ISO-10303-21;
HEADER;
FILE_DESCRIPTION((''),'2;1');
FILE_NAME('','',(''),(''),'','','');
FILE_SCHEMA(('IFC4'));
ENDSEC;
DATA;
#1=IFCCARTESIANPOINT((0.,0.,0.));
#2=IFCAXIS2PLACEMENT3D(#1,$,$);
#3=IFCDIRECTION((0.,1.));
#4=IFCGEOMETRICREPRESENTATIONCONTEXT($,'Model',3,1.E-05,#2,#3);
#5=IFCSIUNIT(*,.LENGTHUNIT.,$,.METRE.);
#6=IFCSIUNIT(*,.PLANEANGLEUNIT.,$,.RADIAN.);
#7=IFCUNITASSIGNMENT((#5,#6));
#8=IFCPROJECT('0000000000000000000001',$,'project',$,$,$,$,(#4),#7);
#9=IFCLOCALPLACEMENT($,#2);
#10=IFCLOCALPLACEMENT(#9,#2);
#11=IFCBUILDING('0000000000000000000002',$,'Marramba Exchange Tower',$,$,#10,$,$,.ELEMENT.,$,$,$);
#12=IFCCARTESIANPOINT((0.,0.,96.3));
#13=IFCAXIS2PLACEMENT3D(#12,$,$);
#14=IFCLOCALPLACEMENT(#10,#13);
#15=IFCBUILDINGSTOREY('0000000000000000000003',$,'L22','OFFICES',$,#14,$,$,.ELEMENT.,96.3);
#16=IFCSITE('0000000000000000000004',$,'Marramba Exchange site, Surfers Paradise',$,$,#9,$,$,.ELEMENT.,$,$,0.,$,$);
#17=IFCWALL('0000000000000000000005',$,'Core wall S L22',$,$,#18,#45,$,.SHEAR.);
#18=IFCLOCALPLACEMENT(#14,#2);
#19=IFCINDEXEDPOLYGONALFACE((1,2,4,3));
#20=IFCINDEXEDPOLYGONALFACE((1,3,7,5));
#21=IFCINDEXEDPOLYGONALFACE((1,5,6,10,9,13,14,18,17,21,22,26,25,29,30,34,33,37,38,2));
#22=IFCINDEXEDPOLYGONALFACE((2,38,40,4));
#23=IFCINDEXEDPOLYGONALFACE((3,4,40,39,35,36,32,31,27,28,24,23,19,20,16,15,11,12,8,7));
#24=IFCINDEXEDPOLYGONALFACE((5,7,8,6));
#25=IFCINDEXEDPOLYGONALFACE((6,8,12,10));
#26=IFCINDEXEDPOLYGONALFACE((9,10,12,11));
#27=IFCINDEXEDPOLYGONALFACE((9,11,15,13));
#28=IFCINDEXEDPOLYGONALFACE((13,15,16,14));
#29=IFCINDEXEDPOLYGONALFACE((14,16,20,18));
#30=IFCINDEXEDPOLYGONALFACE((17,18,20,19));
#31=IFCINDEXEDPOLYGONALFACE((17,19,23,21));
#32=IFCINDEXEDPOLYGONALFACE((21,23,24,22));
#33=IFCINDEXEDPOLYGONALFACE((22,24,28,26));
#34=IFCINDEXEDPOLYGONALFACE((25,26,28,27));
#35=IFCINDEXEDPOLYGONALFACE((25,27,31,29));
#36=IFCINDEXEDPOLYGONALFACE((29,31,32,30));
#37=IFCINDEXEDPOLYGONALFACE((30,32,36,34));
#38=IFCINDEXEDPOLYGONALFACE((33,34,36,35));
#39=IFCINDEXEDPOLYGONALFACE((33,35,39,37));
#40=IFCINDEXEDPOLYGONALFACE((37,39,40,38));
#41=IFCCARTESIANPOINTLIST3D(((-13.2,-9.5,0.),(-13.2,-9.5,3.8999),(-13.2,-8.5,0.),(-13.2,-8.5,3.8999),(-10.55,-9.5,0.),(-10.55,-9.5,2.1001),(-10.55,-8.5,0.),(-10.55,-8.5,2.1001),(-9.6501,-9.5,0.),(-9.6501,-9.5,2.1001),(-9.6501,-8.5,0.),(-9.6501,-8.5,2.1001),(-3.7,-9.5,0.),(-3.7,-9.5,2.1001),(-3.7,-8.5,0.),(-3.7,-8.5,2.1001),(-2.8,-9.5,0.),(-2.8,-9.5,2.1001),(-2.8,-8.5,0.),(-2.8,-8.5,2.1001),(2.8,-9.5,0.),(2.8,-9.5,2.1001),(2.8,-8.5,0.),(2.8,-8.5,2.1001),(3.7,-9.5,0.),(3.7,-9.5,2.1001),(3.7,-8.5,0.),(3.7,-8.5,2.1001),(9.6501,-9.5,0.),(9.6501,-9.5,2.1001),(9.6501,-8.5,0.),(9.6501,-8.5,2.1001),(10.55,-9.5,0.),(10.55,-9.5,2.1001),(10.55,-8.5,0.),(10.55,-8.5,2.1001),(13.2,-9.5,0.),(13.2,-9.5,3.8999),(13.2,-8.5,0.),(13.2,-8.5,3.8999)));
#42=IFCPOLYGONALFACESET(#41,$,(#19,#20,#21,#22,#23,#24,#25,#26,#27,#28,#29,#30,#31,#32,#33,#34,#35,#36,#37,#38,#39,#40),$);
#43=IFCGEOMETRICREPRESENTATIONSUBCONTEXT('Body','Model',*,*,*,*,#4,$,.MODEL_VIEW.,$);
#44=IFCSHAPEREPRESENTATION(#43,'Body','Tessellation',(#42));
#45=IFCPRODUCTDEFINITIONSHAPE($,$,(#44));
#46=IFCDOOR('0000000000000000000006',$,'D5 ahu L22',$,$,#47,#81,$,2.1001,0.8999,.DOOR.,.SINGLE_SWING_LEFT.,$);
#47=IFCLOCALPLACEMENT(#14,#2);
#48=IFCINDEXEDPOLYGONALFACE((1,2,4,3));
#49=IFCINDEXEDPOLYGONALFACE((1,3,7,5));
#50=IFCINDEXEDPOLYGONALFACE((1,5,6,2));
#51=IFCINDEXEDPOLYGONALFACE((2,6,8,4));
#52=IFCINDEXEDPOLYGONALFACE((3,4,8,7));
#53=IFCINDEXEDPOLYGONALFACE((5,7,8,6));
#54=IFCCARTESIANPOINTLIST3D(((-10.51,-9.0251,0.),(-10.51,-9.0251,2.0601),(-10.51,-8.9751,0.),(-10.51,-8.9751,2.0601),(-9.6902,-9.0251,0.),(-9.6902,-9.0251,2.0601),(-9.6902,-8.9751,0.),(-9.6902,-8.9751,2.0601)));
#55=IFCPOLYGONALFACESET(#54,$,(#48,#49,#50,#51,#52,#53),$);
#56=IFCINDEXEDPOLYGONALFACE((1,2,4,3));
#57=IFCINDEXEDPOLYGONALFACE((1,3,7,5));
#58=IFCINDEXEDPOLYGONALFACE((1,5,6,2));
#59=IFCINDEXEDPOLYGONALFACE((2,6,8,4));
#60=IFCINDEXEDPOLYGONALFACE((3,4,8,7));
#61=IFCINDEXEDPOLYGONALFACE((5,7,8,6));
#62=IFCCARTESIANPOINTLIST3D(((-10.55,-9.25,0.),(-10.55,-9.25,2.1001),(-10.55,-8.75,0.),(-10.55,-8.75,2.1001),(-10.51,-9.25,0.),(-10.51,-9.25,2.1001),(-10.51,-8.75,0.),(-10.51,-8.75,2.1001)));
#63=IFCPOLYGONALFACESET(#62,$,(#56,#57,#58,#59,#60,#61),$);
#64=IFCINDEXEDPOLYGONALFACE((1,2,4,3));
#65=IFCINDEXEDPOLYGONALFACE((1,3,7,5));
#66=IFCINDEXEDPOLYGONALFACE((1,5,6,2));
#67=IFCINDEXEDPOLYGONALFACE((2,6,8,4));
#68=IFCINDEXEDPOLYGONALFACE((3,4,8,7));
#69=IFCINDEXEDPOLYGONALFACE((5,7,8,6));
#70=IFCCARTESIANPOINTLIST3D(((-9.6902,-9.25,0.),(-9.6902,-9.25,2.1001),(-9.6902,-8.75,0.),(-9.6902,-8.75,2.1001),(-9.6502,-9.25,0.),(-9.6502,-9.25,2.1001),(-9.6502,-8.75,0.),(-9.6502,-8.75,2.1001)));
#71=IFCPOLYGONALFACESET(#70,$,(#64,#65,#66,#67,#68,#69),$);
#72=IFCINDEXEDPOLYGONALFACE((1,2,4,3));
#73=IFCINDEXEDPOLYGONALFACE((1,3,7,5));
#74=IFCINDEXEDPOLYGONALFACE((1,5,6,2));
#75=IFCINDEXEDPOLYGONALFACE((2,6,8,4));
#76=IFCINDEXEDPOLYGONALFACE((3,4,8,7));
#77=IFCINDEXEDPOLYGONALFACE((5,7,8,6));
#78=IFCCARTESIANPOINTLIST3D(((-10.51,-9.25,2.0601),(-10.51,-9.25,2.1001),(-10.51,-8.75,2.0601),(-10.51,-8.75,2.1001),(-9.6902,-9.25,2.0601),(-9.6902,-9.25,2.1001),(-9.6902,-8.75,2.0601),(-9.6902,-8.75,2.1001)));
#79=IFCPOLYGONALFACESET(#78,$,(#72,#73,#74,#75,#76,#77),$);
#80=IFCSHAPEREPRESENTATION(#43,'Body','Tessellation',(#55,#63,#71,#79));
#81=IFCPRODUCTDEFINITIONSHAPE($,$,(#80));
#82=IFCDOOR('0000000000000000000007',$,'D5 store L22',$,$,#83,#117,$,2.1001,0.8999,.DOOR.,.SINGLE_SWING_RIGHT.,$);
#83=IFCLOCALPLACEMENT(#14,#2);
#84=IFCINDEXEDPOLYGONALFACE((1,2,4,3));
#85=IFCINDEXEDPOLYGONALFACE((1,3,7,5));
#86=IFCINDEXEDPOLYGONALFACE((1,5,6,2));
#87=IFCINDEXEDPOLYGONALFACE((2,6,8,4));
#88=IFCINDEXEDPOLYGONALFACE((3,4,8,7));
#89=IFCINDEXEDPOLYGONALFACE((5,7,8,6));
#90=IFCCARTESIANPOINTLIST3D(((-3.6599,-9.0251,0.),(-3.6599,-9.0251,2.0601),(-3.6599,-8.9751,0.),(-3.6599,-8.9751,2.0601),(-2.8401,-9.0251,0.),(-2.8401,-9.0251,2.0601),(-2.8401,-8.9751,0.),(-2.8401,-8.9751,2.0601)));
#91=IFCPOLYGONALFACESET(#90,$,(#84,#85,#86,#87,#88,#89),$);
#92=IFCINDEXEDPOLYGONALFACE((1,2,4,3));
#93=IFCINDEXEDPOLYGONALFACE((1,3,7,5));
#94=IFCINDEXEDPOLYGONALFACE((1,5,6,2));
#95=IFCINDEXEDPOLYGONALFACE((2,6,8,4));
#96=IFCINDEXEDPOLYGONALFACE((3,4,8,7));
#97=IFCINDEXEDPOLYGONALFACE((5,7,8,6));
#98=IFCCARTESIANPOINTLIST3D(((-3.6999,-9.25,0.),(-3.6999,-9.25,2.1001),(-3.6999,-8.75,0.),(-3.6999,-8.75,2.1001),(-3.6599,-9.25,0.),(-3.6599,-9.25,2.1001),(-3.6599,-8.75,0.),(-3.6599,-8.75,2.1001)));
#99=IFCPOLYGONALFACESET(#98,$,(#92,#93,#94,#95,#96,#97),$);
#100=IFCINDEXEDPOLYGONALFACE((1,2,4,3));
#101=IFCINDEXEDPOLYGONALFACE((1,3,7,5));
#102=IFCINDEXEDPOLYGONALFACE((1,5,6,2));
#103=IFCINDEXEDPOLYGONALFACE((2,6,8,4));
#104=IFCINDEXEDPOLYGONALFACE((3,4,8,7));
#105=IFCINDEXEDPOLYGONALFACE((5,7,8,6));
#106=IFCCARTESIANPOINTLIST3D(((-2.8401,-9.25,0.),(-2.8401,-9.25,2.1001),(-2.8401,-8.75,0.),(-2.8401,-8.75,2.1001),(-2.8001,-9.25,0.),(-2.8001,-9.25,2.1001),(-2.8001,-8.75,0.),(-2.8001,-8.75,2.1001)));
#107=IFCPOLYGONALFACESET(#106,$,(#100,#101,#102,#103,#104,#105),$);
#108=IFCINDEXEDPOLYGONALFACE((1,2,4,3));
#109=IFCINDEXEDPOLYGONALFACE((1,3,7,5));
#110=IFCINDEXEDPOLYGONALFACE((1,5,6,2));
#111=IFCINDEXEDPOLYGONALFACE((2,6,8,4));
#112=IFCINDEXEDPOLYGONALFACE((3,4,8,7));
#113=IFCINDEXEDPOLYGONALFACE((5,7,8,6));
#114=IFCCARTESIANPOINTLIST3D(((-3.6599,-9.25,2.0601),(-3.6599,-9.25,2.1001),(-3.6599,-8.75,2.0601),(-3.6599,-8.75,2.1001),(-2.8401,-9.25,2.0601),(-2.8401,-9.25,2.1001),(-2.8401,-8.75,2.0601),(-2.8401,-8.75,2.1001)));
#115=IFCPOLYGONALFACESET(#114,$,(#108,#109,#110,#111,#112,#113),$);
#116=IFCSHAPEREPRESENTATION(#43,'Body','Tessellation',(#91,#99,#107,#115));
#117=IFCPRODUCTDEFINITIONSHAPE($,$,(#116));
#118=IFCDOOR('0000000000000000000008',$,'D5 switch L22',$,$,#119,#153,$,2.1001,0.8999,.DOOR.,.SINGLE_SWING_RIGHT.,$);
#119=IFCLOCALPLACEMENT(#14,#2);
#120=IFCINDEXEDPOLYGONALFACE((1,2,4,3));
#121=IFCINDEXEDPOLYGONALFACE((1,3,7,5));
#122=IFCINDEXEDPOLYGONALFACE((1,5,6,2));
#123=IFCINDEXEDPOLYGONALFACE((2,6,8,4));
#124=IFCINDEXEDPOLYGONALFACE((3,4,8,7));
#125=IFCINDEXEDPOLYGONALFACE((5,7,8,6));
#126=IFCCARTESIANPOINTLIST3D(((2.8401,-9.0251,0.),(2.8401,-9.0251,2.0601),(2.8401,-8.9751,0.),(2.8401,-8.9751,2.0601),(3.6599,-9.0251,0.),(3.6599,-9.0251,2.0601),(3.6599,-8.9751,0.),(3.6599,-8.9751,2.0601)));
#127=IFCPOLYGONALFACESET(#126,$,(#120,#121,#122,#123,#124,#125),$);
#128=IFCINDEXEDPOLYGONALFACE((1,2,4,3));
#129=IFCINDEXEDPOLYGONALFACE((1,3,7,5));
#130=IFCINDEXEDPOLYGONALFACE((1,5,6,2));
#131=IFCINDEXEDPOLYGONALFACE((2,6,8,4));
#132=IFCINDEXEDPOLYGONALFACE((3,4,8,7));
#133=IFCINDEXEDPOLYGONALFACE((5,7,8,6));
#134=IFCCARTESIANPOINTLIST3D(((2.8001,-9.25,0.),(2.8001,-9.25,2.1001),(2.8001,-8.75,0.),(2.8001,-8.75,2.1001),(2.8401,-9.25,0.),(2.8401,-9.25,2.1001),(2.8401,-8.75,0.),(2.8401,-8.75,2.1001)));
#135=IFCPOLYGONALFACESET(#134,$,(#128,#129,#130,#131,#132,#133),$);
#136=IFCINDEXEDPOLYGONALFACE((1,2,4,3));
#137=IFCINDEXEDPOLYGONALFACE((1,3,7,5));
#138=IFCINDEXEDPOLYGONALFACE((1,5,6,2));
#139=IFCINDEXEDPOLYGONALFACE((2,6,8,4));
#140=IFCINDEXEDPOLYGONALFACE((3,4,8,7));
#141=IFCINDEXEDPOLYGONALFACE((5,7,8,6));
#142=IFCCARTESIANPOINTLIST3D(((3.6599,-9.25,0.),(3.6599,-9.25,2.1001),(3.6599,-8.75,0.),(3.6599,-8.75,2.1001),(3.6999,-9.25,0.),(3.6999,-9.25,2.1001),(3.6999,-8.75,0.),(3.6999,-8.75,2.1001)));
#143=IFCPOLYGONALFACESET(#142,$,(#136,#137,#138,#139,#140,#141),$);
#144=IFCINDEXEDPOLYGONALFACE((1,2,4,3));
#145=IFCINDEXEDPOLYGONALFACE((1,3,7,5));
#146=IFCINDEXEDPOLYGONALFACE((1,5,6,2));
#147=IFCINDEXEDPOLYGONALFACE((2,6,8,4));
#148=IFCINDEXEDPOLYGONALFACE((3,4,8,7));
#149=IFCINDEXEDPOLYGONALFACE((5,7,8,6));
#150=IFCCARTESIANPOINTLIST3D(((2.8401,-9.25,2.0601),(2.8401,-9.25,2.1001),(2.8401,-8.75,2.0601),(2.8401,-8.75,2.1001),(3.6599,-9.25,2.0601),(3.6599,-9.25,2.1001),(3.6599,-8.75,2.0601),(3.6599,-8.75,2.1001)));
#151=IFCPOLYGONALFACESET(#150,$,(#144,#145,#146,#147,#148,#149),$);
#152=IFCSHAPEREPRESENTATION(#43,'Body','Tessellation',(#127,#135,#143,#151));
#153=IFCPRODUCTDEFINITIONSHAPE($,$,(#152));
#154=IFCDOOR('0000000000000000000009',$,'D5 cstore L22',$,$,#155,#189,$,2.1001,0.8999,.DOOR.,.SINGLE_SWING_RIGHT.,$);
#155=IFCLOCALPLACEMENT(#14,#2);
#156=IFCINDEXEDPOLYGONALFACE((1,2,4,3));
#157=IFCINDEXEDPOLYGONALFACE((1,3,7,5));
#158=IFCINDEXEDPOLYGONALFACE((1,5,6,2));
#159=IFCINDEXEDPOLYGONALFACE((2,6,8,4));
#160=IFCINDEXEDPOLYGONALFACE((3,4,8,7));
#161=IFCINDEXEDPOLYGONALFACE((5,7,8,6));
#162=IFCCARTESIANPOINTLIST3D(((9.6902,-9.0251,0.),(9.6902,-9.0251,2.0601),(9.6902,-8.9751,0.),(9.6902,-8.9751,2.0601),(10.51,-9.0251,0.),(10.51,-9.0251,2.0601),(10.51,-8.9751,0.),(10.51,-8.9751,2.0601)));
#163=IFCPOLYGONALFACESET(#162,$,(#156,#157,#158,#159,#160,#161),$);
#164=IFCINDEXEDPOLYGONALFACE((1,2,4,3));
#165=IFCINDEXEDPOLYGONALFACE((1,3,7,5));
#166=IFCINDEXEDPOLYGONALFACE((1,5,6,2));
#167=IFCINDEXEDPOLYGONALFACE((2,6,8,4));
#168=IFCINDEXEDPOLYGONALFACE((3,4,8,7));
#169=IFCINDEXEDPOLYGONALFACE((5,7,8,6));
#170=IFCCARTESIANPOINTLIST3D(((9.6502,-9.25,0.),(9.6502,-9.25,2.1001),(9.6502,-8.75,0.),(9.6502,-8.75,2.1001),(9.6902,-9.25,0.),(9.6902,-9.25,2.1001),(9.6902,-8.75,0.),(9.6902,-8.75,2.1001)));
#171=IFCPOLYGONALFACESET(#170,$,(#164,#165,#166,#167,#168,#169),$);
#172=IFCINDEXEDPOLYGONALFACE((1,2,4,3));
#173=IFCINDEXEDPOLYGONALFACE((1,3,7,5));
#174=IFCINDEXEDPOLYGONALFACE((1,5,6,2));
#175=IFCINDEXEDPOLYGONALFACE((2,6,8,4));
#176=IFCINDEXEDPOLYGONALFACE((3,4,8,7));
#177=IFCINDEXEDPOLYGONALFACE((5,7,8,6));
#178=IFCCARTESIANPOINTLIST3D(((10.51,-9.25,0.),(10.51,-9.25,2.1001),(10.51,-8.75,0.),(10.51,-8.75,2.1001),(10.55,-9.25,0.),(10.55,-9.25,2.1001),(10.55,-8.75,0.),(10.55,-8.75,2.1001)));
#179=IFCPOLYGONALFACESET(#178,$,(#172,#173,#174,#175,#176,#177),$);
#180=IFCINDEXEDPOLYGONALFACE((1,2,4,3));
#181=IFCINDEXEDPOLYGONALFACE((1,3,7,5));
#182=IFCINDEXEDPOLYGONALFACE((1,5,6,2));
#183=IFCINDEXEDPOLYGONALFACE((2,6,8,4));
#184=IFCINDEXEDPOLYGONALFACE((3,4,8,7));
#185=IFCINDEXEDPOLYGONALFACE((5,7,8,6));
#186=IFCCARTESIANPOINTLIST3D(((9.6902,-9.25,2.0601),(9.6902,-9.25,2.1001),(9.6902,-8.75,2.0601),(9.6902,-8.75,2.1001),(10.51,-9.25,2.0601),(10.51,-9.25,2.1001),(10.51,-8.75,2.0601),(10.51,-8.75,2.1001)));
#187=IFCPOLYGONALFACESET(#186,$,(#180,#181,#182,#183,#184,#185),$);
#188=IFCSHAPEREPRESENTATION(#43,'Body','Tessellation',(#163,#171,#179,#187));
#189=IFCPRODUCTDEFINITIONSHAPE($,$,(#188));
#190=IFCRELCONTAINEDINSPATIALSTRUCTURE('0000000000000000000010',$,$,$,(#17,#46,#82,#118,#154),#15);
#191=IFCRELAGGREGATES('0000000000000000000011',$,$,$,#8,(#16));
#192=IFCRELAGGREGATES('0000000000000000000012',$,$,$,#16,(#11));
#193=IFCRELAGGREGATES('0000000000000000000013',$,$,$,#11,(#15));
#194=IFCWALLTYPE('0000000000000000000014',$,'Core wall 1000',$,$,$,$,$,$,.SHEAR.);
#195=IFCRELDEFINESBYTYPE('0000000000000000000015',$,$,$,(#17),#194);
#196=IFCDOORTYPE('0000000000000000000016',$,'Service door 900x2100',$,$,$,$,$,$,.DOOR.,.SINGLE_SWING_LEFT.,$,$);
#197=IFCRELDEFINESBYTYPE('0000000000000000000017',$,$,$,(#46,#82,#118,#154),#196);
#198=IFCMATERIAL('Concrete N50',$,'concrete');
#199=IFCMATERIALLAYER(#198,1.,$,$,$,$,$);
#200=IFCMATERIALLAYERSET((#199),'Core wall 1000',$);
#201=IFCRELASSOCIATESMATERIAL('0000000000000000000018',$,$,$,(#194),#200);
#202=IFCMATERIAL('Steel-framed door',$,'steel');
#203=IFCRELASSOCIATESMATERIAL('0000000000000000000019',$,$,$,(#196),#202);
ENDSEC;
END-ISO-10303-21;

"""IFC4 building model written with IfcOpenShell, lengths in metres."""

from ifc_helpers import new_model, si_unit, direction, frame, frame_2d, origin, place, context, subcontext, project, spatial, rectangle, extrude, material, layer, layer_set, type_object, element, fill, save


model = new_model("IFC4")

# Units and contexts
model_context = context("Model", 3, precision=1e-05, world=origin(), true_north=direction((0.0, 1.0)))
body_context = subcontext(model_context, "Body", "Model", "MODEL_VIEW")
ifc_project = project(units=[si_unit("LENGTHUNIT", "METRE"), si_unit("PLANEANGLEUNIT", "RADIAN")], contexts=[model_context])

# Site, building, storey
site_placement = place(None, origin())
site = spatial("IfcSite", under=ifc_project, at=site_placement, Name="Marramba Exchange site, Surfers Paradise", CompositionType="ELEMENT", RefElevation=0.0)
building_placement = place(site_placement, origin())
building = spatial("IfcBuilding", under=site, at=building_placement, Name="Marramba Exchange Tower", CompositionType="ELEMENT")
storey_placement = place(building_placement, frame((0.0, 0.0, 96.3)))
storey = spatial("IfcBuildingStorey", under=building, at=storey_placement, Name="L22", Description="OFFICES", CompositionType="ELEMENT", Elevation=96.3)

# Shared definitions
ifc_material_1 = material(Name="Concrete N50", Category="concrete")

# Wall, openings, doors
ifc_layer_1 = layer(ifc_material_1, 1.0)
ifc_layer_set_1 = layer_set([ifc_layer_1], Name="Core wall 1000")
wall_type_1 = type_object("IfcWallType", Name="Core wall 1000", PredefinedType="SHEAR", material=ifc_layer_set_1)
wall_1_placement = place(storey_placement, frame((-13.2, -9.0, 0.0), z_axis=(0.0, 0.0, 1.0), x_axis=(1.0, 0.0, 0.0)))
wall_1 = element("IfcWall", 1, at=wall_1_placement, inside=storey, type_object=wall_type_1, Name="Core wall S L22", PredefinedType="SHEAR", context=body_context, shape_type="SweptSolid", body=[
    extrude(rectangle(XDim=26.3999, YDim=1.0, at=frame_2d((13.2, 0.0))), origin(), (0.0, 0.0, 1.0), 3.8999),
])
opening_1_placement = place(wall_1_placement, frame((2.6499, 0.0, 0.0)))
opening_1 = element("IfcOpeningElement", 2, at=opening_1_placement, cuts=wall_1, PredefinedType="OPENING", context=body_context, shape_type="SweptSolid", body=[
    extrude(rectangle(XDim=0.8999, YDim=2.1001, at=frame_2d((0.45, 1.05))), frame((0.0, 0.51, 0.0), z_axis=(0.0, -1.0, 0.0), x_axis=(1.0, 0.0, 0.0)), (0.0, 0.0, 1.0), 1.02),
])
opening_2_placement = place(wall_1_placement, frame((9.5, 0.0, 0.0)))
opening_2 = element("IfcOpeningElement", 3, at=opening_2_placement, cuts=wall_1, PredefinedType="OPENING", context=body_context, shape_type="SweptSolid", body=[
    extrude(rectangle(XDim=0.8999, YDim=2.1001, at=frame_2d((0.45, 1.05))), frame((0.0, 0.51, 0.0), z_axis=(0.0, -1.0, 0.0), x_axis=(1.0, 0.0, 0.0)), (0.0, 0.0, 1.0), 1.02),
])
opening_3_placement = place(wall_1_placement, frame((16.0, 0.0, 0.0)))
opening_3 = element("IfcOpeningElement", 4, at=opening_3_placement, cuts=wall_1, PredefinedType="OPENING", context=body_context, shape_type="SweptSolid", body=[
    extrude(rectangle(XDim=0.8999, YDim=2.1001, at=frame_2d((0.45, 1.05))), frame((0.0, 0.51, 0.0), z_axis=(0.0, -1.0, 0.0), x_axis=(1.0, 0.0, 0.0)), (0.0, 0.0, 1.0), 1.02),
])
opening_4_placement = place(wall_1_placement, frame((22.8501, 0.0, 0.0)))
opening_4 = element("IfcOpeningElement", 5, at=opening_4_placement, cuts=wall_1, PredefinedType="OPENING", context=body_context, shape_type="SweptSolid", body=[
    extrude(rectangle(XDim=0.8999, YDim=2.1001, at=frame_2d((0.45, 1.05))), frame((0.0, 0.51, 0.0), z_axis=(0.0, -1.0, 0.0), x_axis=(1.0, 0.0, 0.0)), (0.0, 0.0, 1.0), 1.02),
])
ifc_material_2 = material(Name="Steel-framed door", Category="steel")
door_type = type_object("IfcDoorType", Name="Service door 900x2100", OperationType="SINGLE_SWING_LEFT", PredefinedType="DOOR", material=ifc_material_2)
door_1_placement = place(opening_1_placement, origin())
door_1 = element("IfcDoor", 6, at=door_1_placement, inside=storey, type_object=door_type, Name="D5 ahu L22", OperationType="SINGLE_SWING_LEFT", OverallHeight=2.1001, OverallWidth=0.8999, PredefinedType="DOOR", context=body_context, shape_type="SweptSolid", body=[
    extrude(rectangle(XDim=0.8198, YDim=2.0601, at=frame_2d((0.45, 1.03))), frame((0.0, 0.0249, 0.0), z_axis=(0.0, -1.0, 0.0), x_axis=(1.0, 0.0, 0.0)), (0.0, 0.0, 1.0), 0.05),
    extrude(rectangle(XDim=0.04, YDim=2.1001, at=frame_2d((0.02, 1.05))), frame((0.0, 0.25, 0.0), z_axis=(0.0, -1.0, 0.0), x_axis=(1.0, 0.0, 0.0)), (0.0, 0.0, 1.0), 0.5),
    extrude(rectangle(XDim=0.04, YDim=2.1001, at=frame_2d((0.8799, 1.05))), frame((0.0, 0.25, 0.0), z_axis=(0.0, -1.0, 0.0), x_axis=(1.0, 0.0, 0.0)), (0.0, 0.0, 1.0), 0.5),
    extrude(rectangle(XDim=0.8198, YDim=0.04, at=frame_2d((0.45, 2.0801))), frame((0.0, 0.25, 0.0), z_axis=(0.0, -1.0, 0.0), x_axis=(1.0, 0.0, 0.0)), (0.0, 0.0, 1.0), 0.5),
])
fill(opening_1, door_1)
door_2_placement = place(opening_2_placement, origin())
door_2 = element("IfcDoor", 7, at=door_2_placement, inside=storey, type_object=door_type, Name="D5 store L22", OperationType="SINGLE_SWING_RIGHT", OverallHeight=2.1001, OverallWidth=0.8999, PredefinedType="DOOR", context=body_context, shape_type="SweptSolid", body=[
    extrude(rectangle(XDim=0.8198, YDim=2.0601, at=frame_2d((0.45, 1.03))), frame((0.0, 0.0249, 0.0), z_axis=(0.0, -1.0, 0.0), x_axis=(1.0, 0.0, 0.0)), (0.0, 0.0, 1.0), 0.05),
    extrude(rectangle(XDim=0.04, YDim=2.1001, at=frame_2d((0.02, 1.05))), frame((0.0, 0.25, 0.0), z_axis=(0.0, -1.0, 0.0), x_axis=(1.0, 0.0, 0.0)), (0.0, 0.0, 1.0), 0.5),
    extrude(rectangle(XDim=0.04, YDim=2.1001, at=frame_2d((0.8799, 1.05))), frame((0.0, 0.25, 0.0), z_axis=(0.0, -1.0, 0.0), x_axis=(1.0, 0.0, 0.0)), (0.0, 0.0, 1.0), 0.5),
    extrude(rectangle(XDim=0.8198, YDim=0.04, at=frame_2d((0.45, 2.0801))), frame((0.0, 0.25, 0.0), z_axis=(0.0, -1.0, 0.0), x_axis=(1.0, 0.0, 0.0)), (0.0, 0.0, 1.0), 0.5),
])
fill(opening_2, door_2)
door_3_placement = place(opening_3_placement, origin())
door_3 = element("IfcDoor", 8, at=door_3_placement, inside=storey, type_object=door_type, Name="D5 switch L22", OperationType="SINGLE_SWING_RIGHT", OverallHeight=2.1001, OverallWidth=0.8999, PredefinedType="DOOR", context=body_context, shape_type="SweptSolid", body=[
    extrude(rectangle(XDim=0.8198, YDim=2.0601, at=frame_2d((0.45, 1.03))), frame((0.0, 0.0249, 0.0), z_axis=(0.0, -1.0, 0.0), x_axis=(1.0, 0.0, 0.0)), (0.0, 0.0, 1.0), 0.05),
    extrude(rectangle(XDim=0.04, YDim=2.1001, at=frame_2d((0.02, 1.05))), frame((0.0, 0.25, 0.0), z_axis=(0.0, -1.0, 0.0), x_axis=(1.0, 0.0, 0.0)), (0.0, 0.0, 1.0), 0.5),
    extrude(rectangle(XDim=0.04, YDim=2.1001, at=frame_2d((0.8799, 1.05))), frame((0.0, 0.25, 0.0), z_axis=(0.0, -1.0, 0.0), x_axis=(1.0, 0.0, 0.0)), (0.0, 0.0, 1.0), 0.5),
    extrude(rectangle(XDim=0.8198, YDim=0.04, at=frame_2d((0.45, 2.0801))), frame((0.0, 0.25, 0.0), z_axis=(0.0, -1.0, 0.0), x_axis=(1.0, 0.0, 0.0)), (0.0, 0.0, 1.0), 0.5),
])
fill(opening_3, door_3)
door_4_placement = place(opening_4_placement, origin())
door_4 = element("IfcDoor", 9, at=door_4_placement, inside=storey, type_object=door_type, Name="D5 cstore L22", OperationType="SINGLE_SWING_RIGHT", OverallHeight=2.1001, OverallWidth=0.8999, PredefinedType="DOOR", context=body_context, shape_type="SweptSolid", body=[
    extrude(rectangle(XDim=0.8198, YDim=2.0601, at=frame_2d((0.45, 1.03))), frame((0.0, 0.0249, 0.0), z_axis=(0.0, -1.0, 0.0), x_axis=(1.0, 0.0, 0.0)), (0.0, 0.0, 1.0), 0.05),
    extrude(rectangle(XDim=0.04, YDim=2.1001, at=frame_2d((0.02, 1.05))), frame((0.0, 0.25, 0.0), z_axis=(0.0, -1.0, 0.0), x_axis=(1.0, 0.0, 0.0)), (0.0, 0.0, 1.0), 0.5),
    extrude(rectangle(XDim=0.04, YDim=2.1001, at=frame_2d((0.8799, 1.05))), frame((0.0, 0.25, 0.0), z_axis=(0.0, -1.0, 0.0), x_axis=(1.0, 0.0, 0.0)), (0.0, 0.0, 1.0), 0.5),
    extrude(rectangle(XDim=0.8198, YDim=0.04, at=frame_2d((0.45, 2.0801))), frame((0.0, 0.25, 0.0), z_axis=(0.0, -1.0, 0.0), x_axis=(1.0, 0.0, 0.0)), (0.0, 0.0, 1.0), 0.5),
])
fill(opening_4, door_4)

save(model, "model.ifc")
